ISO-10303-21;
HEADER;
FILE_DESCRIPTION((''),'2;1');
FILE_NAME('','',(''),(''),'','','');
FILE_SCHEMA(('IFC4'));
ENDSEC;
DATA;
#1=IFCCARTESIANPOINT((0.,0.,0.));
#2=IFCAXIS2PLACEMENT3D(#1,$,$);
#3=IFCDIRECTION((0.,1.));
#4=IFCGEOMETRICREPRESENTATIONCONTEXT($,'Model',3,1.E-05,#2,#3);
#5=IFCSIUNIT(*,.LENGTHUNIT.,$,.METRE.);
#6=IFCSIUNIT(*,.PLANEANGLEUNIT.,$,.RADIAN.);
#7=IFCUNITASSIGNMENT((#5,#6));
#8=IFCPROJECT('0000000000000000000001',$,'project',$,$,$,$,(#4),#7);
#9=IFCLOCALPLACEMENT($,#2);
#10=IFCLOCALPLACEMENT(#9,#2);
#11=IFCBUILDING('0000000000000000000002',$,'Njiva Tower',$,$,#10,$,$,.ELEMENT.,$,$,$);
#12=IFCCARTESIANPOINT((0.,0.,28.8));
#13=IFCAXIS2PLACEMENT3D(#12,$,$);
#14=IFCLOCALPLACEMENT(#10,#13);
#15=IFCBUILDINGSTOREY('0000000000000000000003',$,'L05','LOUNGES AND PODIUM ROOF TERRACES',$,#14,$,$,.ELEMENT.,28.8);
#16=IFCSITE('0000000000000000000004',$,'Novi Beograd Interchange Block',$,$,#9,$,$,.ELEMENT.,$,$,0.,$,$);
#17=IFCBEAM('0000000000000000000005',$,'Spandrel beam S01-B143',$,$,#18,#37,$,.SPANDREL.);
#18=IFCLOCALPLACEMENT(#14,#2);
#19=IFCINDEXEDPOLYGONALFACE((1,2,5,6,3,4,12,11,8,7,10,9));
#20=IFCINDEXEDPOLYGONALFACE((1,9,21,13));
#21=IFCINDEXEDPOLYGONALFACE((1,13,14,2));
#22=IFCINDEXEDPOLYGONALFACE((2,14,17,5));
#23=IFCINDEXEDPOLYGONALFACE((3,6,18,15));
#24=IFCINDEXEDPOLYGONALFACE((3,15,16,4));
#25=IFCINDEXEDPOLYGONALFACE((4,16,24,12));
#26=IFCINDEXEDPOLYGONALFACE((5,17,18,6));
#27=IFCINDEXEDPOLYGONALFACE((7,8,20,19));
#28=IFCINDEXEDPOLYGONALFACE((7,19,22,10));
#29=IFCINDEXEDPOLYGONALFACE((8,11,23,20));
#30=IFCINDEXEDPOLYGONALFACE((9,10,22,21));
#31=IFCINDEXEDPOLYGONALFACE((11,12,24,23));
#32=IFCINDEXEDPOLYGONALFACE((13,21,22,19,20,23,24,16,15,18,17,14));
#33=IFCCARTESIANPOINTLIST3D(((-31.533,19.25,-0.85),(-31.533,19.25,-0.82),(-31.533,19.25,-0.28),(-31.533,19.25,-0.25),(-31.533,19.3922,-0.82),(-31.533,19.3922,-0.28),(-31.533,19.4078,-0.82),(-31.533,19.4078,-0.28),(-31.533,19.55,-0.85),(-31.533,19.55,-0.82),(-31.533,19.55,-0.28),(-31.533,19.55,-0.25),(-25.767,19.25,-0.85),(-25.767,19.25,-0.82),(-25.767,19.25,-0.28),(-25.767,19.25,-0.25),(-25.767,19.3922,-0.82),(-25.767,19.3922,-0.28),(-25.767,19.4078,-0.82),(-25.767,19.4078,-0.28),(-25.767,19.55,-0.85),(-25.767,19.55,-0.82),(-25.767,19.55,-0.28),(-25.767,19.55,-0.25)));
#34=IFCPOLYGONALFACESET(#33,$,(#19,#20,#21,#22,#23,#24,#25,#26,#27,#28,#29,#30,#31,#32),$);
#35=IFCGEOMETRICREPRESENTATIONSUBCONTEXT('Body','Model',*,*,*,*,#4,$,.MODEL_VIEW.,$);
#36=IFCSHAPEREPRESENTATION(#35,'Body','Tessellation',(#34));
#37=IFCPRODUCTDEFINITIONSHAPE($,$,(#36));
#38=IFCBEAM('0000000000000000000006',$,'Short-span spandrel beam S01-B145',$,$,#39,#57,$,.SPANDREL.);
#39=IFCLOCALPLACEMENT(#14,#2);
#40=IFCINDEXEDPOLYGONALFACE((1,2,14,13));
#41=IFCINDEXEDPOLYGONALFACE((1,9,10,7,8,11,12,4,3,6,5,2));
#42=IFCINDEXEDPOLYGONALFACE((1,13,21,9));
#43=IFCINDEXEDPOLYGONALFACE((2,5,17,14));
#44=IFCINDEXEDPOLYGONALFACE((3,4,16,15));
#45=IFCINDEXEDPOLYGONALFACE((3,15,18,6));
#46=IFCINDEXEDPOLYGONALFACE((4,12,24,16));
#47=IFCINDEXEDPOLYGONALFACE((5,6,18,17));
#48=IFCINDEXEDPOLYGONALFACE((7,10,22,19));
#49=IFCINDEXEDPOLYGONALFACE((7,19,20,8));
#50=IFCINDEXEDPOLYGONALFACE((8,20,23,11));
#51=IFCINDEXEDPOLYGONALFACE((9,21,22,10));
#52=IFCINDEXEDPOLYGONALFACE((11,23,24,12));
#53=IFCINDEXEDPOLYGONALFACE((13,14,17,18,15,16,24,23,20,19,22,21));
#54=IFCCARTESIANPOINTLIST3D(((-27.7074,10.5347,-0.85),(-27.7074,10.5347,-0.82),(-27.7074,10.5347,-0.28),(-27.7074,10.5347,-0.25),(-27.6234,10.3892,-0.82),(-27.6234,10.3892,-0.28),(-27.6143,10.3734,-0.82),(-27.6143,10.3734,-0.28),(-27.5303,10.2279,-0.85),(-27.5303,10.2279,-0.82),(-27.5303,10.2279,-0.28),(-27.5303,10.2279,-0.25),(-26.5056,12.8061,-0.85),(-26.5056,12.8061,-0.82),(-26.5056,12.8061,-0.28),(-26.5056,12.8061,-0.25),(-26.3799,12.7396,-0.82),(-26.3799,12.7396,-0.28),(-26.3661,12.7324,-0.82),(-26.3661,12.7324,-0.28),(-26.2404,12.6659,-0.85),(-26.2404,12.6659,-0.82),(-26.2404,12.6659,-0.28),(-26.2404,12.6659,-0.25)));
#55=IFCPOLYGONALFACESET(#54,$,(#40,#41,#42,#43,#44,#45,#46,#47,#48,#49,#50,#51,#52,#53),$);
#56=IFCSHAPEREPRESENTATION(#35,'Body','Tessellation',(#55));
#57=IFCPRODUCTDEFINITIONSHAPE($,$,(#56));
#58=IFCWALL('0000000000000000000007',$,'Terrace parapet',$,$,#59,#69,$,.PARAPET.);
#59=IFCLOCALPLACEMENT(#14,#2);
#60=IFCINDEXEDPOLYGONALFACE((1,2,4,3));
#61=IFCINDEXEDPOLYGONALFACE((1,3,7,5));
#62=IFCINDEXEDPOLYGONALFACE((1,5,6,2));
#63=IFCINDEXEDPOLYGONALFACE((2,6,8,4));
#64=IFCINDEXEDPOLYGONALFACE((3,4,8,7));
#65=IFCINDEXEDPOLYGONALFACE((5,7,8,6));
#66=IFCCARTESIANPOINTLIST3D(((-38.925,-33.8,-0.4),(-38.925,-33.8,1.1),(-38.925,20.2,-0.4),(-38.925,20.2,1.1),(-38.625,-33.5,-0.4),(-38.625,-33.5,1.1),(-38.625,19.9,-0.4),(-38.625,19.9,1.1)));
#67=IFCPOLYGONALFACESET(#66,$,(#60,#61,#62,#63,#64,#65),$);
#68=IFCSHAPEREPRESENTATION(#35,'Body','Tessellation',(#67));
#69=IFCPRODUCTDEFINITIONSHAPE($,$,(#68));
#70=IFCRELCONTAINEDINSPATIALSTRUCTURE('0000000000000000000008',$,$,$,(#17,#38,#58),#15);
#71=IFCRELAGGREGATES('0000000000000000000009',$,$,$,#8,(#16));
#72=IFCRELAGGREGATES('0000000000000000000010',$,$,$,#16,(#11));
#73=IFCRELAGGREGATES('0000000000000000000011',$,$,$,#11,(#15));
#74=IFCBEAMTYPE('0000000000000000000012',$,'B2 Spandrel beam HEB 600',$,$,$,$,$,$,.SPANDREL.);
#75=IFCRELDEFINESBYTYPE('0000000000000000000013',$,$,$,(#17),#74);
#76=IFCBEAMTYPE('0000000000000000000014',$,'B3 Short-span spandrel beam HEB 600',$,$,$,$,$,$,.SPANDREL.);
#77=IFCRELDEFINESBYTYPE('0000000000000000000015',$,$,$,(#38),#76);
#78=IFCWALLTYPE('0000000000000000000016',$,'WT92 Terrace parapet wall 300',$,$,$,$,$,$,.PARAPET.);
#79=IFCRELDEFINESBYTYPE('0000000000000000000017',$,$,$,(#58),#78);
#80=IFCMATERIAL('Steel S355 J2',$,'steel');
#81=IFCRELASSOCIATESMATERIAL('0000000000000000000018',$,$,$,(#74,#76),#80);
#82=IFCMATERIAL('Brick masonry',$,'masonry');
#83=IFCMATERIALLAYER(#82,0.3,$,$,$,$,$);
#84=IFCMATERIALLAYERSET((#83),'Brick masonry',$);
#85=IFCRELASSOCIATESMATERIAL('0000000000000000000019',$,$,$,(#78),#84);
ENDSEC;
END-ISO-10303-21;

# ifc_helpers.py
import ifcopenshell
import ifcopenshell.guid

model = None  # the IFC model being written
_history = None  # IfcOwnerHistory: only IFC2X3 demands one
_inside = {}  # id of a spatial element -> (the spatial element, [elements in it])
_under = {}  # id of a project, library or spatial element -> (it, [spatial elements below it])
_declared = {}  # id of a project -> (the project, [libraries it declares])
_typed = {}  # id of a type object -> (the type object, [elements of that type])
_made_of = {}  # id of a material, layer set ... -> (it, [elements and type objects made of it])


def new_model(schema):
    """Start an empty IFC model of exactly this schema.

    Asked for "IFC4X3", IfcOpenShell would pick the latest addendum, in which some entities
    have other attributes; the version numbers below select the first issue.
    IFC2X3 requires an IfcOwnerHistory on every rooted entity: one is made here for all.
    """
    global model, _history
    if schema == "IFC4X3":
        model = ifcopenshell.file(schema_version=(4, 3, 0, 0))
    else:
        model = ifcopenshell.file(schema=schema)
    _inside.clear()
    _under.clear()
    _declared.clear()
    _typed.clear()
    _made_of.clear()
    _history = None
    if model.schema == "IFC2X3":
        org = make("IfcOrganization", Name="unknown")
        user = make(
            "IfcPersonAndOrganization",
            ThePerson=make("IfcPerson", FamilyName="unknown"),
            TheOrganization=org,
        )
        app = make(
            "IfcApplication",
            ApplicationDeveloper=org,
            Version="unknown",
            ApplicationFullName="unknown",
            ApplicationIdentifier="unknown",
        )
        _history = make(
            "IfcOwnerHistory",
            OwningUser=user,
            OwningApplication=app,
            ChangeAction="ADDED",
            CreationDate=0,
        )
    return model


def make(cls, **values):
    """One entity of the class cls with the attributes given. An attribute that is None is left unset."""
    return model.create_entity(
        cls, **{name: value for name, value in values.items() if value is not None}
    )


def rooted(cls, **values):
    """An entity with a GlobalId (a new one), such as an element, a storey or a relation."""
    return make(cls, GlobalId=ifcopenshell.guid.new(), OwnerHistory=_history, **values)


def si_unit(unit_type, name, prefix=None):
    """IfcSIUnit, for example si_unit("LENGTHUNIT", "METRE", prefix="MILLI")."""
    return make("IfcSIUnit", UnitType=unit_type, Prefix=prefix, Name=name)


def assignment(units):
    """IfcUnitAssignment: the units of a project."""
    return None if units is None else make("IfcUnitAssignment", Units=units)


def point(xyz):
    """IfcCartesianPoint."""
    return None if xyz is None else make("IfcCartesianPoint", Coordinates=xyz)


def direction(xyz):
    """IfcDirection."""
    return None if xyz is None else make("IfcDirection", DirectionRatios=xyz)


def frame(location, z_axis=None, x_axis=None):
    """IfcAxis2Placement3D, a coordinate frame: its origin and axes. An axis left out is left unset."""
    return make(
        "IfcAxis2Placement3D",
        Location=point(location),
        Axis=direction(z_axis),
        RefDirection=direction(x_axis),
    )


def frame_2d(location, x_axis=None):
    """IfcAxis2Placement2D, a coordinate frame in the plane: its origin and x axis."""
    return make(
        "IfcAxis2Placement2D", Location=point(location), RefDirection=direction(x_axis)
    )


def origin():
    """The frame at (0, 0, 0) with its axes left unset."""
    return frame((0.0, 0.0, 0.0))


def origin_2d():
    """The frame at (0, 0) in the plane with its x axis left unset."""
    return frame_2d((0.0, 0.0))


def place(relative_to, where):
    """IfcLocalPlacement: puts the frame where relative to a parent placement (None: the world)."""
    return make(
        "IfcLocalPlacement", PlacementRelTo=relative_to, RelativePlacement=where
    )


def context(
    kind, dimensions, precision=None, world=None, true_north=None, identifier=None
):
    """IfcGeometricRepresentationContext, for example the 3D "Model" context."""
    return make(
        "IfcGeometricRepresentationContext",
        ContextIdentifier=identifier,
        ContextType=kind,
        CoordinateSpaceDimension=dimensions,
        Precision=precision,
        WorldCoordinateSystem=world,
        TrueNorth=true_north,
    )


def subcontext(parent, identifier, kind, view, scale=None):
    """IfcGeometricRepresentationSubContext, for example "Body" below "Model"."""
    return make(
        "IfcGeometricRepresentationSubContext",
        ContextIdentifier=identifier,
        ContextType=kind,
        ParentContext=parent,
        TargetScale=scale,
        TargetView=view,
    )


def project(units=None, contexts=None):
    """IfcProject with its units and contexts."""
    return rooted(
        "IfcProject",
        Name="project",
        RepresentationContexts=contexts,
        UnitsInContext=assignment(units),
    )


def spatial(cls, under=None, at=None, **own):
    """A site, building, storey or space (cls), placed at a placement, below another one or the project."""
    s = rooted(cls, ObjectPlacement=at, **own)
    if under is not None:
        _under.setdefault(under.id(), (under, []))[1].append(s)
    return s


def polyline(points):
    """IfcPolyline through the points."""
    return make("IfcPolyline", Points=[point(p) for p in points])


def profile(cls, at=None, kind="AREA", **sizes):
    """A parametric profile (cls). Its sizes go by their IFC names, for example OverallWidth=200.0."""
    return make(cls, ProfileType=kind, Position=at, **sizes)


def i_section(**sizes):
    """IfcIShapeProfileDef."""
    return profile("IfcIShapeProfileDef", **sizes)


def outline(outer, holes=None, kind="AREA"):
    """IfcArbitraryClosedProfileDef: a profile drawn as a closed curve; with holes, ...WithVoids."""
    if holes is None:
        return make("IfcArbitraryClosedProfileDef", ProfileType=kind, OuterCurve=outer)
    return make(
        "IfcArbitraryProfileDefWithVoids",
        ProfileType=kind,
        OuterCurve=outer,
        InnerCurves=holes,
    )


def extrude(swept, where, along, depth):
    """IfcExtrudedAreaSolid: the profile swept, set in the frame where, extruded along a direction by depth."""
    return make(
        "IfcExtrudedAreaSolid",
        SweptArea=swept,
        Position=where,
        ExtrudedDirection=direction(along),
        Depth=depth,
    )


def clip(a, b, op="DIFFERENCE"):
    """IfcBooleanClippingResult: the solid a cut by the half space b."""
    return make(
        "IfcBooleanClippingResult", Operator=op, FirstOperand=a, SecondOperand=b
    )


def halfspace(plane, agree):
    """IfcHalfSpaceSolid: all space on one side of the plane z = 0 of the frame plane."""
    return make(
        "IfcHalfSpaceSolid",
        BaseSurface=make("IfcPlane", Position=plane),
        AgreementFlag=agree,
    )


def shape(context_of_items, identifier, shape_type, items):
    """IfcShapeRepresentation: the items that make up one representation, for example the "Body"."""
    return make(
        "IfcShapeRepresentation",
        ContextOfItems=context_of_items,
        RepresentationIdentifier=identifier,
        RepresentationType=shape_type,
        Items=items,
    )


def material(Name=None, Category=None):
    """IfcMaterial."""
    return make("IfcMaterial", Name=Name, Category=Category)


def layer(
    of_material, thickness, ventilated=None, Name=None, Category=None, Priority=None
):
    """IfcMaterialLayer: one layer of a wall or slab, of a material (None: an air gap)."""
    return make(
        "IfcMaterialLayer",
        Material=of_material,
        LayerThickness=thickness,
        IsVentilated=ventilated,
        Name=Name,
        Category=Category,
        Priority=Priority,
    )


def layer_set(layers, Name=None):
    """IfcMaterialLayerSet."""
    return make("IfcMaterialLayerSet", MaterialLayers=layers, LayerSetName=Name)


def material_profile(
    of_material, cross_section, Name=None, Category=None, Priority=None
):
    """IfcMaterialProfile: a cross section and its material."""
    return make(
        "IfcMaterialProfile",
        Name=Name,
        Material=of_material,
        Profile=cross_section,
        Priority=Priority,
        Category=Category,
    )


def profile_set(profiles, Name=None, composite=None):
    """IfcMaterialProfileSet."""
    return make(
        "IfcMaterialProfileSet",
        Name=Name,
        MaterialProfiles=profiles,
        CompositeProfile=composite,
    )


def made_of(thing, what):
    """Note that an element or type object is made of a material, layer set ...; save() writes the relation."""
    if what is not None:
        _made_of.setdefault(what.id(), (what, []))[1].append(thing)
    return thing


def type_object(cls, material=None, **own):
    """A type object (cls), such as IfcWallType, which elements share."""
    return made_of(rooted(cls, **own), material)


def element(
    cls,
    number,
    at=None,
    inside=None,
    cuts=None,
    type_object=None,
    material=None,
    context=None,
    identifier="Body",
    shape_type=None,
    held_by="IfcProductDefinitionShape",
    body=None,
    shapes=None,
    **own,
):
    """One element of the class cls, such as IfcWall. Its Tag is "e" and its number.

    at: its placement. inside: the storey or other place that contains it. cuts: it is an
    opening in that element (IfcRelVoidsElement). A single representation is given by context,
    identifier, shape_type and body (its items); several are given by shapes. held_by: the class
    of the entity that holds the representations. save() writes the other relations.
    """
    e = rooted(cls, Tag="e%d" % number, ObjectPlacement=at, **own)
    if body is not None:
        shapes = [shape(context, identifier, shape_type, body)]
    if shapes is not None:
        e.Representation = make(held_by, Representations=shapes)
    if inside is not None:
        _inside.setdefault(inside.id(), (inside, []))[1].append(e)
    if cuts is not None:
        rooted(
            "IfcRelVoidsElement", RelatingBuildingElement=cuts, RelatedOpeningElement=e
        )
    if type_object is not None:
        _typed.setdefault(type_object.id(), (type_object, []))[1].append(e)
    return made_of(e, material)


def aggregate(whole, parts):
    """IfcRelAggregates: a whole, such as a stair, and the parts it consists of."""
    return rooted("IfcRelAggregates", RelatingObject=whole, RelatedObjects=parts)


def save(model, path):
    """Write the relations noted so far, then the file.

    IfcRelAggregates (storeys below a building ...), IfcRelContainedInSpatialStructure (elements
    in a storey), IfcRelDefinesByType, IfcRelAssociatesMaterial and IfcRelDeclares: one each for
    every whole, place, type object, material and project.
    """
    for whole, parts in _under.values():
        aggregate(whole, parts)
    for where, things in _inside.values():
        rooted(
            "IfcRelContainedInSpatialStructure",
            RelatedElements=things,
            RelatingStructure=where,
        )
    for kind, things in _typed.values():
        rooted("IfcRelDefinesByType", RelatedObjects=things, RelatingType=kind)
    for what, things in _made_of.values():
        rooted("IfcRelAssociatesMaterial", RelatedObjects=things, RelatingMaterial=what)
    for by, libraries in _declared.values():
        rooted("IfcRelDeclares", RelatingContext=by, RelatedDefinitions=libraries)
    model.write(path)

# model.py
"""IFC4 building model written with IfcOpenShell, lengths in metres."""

from ifc_helpers import new_model, si_unit, direction, frame, origin, origin_2d, place, context, subcontext, project, spatial, polyline, i_section, outline, extrude, clip, halfspace, material, layer, layer_set, material_profile, profile_set, type_object, element, save


model = new_model("IFC4")

# Units and contexts
model_context = context("Model", 3, precision=1e-05, world=origin(), true_north=direction((0.0, 1.0)))
body_context = subcontext(model_context, "Body", "Model", "MODEL_VIEW")
ifc_project = project(units=[si_unit("LENGTHUNIT", "METRE"), si_unit("PLANEANGLEUNIT", "RADIAN")], contexts=[model_context])

# Site, building, storey
site_placement = place(None, origin())
site = spatial("IfcSite", under=ifc_project, at=site_placement, Name="Novi Beograd Interchange Block", CompositionType="ELEMENT", RefElevation=0.0)
building_placement = place(site_placement, origin())
building = spatial("IfcBuilding", under=site, at=building_placement, Name="Njiva Tower", CompositionType="ELEMENT")
storey_placement = place(building_placement, frame((0.0, 0.0, 28.8)))
storey = spatial("IfcBuildingStorey", under=building, at=storey_placement, Name="L05", Description="LOUNGES AND PODIUM ROOF TERRACES", CompositionType="ELEMENT", Elevation=28.8)

# Shared definitions
ifc_material_1 = material(Name="Steel S355 J2", Category="steel")

# Beams
ifc_material_profile_1 = material_profile(ifc_material_1, i_section(OverallWidth=0.3, OverallDepth=0.6, WebThickness=0.0155, FlangeThickness=0.03, at=origin_2d()), Name="HEB 600")
ifc_profile_set_1 = profile_set([ifc_material_profile_1], Name="Steel S355 J2")
beam_type_1 = type_object("IfcBeamType", Name="B2 Spandrel beam HEB 600", PredefinedType="SPANDREL", material=ifc_profile_set_1)
beam_1_placement = place(storey_placement, frame((-31.533, 19.4, -0.55), z_axis=(1.0, 0.0, 0.0), x_axis=(0.0, 1.0, 0.0)))
element("IfcBeam", 1, at=beam_1_placement, inside=storey, type_object=beam_type_1, Name="Spandrel beam S01-B143", PredefinedType="SPANDREL", context=body_context, shape_type="SweptSolid", body=[
    extrude(i_section(OverallWidth=0.3, OverallDepth=0.6, WebThickness=0.0155, FlangeThickness=0.03, at=origin_2d()), origin(), (0.0, 0.0, 1.0), 5.766),
])
ifc_material_profile_2 = material_profile(ifc_material_1, i_section(OverallWidth=0.3, OverallDepth=0.6, WebThickness=0.0155, FlangeThickness=0.03, at=origin_2d()), Name="HEB 600")
ifc_profile_set_2 = profile_set([ifc_material_profile_2], Name="Steel S355 J2")
beam_type_2 = type_object("IfcBeamType", Name="B3 Short-span spandrel beam HEB 600", PredefinedType="SPANDREL", material=ifc_profile_set_2)
beam_2_placement = place(storey_placement, frame((-26.373, 12.736, -0.55), z_axis=(-0.467664, -0.883907, 0.0), x_axis=(0.883907, -0.467664, 0.0)))
element("IfcBeam", 2, at=beam_2_placement, inside=storey, type_object=beam_type_2, Name="Short-span spandrel beam S01-B145", PredefinedType="SPANDREL", context=body_context, shape_type="Clipping", body=[
    clip(extrude(i_section(OverallWidth=0.3, OverallDepth=0.6, WebThickness=0.0155, FlangeThickness=0.03, at=origin_2d()), origin(), (0.0, 0.0, 1.0), 2.7783), halfspace(frame((-0.0266, 0.0, 2.6473), z_axis=(-0.531656, 0.0, 0.846961), x_axis=(0.0, 1.0, 0.0)), False)),
])

# Wall
ifc_material_2 = material(Name="Brick masonry", Category="masonry")
ifc_layer = layer(ifc_material_2, 0.3)
ifc_layer_set = layer_set([ifc_layer], Name="Brick masonry")
wall_type = type_object("IfcWallType", Name="WT92 Terrace parapet wall 300", PredefinedType="PARAPET", material=ifc_layer_set)
wall_placement = place(storey_placement, frame((-38.775, 20.05, -0.4), z_axis=(0.0, 0.0, 1.0), x_axis=(0.0, -1.0, 0.0)))
element("IfcWall", 3, at=wall_placement, inside=storey, type_object=wall_type, Name="Terrace parapet", PredefinedType="PARAPET", context=body_context, shape_type="SweptSolid", body=[
    extrude(outline(polyline([(-0.15, -0.15), (53.85, -0.15), (53.55, 0.15), (0.15, 0.15), (-0.15, -0.15)])), origin(), (0.0, 0.0, 1.0), 1.5),
])

save(model, "model.ifc")
